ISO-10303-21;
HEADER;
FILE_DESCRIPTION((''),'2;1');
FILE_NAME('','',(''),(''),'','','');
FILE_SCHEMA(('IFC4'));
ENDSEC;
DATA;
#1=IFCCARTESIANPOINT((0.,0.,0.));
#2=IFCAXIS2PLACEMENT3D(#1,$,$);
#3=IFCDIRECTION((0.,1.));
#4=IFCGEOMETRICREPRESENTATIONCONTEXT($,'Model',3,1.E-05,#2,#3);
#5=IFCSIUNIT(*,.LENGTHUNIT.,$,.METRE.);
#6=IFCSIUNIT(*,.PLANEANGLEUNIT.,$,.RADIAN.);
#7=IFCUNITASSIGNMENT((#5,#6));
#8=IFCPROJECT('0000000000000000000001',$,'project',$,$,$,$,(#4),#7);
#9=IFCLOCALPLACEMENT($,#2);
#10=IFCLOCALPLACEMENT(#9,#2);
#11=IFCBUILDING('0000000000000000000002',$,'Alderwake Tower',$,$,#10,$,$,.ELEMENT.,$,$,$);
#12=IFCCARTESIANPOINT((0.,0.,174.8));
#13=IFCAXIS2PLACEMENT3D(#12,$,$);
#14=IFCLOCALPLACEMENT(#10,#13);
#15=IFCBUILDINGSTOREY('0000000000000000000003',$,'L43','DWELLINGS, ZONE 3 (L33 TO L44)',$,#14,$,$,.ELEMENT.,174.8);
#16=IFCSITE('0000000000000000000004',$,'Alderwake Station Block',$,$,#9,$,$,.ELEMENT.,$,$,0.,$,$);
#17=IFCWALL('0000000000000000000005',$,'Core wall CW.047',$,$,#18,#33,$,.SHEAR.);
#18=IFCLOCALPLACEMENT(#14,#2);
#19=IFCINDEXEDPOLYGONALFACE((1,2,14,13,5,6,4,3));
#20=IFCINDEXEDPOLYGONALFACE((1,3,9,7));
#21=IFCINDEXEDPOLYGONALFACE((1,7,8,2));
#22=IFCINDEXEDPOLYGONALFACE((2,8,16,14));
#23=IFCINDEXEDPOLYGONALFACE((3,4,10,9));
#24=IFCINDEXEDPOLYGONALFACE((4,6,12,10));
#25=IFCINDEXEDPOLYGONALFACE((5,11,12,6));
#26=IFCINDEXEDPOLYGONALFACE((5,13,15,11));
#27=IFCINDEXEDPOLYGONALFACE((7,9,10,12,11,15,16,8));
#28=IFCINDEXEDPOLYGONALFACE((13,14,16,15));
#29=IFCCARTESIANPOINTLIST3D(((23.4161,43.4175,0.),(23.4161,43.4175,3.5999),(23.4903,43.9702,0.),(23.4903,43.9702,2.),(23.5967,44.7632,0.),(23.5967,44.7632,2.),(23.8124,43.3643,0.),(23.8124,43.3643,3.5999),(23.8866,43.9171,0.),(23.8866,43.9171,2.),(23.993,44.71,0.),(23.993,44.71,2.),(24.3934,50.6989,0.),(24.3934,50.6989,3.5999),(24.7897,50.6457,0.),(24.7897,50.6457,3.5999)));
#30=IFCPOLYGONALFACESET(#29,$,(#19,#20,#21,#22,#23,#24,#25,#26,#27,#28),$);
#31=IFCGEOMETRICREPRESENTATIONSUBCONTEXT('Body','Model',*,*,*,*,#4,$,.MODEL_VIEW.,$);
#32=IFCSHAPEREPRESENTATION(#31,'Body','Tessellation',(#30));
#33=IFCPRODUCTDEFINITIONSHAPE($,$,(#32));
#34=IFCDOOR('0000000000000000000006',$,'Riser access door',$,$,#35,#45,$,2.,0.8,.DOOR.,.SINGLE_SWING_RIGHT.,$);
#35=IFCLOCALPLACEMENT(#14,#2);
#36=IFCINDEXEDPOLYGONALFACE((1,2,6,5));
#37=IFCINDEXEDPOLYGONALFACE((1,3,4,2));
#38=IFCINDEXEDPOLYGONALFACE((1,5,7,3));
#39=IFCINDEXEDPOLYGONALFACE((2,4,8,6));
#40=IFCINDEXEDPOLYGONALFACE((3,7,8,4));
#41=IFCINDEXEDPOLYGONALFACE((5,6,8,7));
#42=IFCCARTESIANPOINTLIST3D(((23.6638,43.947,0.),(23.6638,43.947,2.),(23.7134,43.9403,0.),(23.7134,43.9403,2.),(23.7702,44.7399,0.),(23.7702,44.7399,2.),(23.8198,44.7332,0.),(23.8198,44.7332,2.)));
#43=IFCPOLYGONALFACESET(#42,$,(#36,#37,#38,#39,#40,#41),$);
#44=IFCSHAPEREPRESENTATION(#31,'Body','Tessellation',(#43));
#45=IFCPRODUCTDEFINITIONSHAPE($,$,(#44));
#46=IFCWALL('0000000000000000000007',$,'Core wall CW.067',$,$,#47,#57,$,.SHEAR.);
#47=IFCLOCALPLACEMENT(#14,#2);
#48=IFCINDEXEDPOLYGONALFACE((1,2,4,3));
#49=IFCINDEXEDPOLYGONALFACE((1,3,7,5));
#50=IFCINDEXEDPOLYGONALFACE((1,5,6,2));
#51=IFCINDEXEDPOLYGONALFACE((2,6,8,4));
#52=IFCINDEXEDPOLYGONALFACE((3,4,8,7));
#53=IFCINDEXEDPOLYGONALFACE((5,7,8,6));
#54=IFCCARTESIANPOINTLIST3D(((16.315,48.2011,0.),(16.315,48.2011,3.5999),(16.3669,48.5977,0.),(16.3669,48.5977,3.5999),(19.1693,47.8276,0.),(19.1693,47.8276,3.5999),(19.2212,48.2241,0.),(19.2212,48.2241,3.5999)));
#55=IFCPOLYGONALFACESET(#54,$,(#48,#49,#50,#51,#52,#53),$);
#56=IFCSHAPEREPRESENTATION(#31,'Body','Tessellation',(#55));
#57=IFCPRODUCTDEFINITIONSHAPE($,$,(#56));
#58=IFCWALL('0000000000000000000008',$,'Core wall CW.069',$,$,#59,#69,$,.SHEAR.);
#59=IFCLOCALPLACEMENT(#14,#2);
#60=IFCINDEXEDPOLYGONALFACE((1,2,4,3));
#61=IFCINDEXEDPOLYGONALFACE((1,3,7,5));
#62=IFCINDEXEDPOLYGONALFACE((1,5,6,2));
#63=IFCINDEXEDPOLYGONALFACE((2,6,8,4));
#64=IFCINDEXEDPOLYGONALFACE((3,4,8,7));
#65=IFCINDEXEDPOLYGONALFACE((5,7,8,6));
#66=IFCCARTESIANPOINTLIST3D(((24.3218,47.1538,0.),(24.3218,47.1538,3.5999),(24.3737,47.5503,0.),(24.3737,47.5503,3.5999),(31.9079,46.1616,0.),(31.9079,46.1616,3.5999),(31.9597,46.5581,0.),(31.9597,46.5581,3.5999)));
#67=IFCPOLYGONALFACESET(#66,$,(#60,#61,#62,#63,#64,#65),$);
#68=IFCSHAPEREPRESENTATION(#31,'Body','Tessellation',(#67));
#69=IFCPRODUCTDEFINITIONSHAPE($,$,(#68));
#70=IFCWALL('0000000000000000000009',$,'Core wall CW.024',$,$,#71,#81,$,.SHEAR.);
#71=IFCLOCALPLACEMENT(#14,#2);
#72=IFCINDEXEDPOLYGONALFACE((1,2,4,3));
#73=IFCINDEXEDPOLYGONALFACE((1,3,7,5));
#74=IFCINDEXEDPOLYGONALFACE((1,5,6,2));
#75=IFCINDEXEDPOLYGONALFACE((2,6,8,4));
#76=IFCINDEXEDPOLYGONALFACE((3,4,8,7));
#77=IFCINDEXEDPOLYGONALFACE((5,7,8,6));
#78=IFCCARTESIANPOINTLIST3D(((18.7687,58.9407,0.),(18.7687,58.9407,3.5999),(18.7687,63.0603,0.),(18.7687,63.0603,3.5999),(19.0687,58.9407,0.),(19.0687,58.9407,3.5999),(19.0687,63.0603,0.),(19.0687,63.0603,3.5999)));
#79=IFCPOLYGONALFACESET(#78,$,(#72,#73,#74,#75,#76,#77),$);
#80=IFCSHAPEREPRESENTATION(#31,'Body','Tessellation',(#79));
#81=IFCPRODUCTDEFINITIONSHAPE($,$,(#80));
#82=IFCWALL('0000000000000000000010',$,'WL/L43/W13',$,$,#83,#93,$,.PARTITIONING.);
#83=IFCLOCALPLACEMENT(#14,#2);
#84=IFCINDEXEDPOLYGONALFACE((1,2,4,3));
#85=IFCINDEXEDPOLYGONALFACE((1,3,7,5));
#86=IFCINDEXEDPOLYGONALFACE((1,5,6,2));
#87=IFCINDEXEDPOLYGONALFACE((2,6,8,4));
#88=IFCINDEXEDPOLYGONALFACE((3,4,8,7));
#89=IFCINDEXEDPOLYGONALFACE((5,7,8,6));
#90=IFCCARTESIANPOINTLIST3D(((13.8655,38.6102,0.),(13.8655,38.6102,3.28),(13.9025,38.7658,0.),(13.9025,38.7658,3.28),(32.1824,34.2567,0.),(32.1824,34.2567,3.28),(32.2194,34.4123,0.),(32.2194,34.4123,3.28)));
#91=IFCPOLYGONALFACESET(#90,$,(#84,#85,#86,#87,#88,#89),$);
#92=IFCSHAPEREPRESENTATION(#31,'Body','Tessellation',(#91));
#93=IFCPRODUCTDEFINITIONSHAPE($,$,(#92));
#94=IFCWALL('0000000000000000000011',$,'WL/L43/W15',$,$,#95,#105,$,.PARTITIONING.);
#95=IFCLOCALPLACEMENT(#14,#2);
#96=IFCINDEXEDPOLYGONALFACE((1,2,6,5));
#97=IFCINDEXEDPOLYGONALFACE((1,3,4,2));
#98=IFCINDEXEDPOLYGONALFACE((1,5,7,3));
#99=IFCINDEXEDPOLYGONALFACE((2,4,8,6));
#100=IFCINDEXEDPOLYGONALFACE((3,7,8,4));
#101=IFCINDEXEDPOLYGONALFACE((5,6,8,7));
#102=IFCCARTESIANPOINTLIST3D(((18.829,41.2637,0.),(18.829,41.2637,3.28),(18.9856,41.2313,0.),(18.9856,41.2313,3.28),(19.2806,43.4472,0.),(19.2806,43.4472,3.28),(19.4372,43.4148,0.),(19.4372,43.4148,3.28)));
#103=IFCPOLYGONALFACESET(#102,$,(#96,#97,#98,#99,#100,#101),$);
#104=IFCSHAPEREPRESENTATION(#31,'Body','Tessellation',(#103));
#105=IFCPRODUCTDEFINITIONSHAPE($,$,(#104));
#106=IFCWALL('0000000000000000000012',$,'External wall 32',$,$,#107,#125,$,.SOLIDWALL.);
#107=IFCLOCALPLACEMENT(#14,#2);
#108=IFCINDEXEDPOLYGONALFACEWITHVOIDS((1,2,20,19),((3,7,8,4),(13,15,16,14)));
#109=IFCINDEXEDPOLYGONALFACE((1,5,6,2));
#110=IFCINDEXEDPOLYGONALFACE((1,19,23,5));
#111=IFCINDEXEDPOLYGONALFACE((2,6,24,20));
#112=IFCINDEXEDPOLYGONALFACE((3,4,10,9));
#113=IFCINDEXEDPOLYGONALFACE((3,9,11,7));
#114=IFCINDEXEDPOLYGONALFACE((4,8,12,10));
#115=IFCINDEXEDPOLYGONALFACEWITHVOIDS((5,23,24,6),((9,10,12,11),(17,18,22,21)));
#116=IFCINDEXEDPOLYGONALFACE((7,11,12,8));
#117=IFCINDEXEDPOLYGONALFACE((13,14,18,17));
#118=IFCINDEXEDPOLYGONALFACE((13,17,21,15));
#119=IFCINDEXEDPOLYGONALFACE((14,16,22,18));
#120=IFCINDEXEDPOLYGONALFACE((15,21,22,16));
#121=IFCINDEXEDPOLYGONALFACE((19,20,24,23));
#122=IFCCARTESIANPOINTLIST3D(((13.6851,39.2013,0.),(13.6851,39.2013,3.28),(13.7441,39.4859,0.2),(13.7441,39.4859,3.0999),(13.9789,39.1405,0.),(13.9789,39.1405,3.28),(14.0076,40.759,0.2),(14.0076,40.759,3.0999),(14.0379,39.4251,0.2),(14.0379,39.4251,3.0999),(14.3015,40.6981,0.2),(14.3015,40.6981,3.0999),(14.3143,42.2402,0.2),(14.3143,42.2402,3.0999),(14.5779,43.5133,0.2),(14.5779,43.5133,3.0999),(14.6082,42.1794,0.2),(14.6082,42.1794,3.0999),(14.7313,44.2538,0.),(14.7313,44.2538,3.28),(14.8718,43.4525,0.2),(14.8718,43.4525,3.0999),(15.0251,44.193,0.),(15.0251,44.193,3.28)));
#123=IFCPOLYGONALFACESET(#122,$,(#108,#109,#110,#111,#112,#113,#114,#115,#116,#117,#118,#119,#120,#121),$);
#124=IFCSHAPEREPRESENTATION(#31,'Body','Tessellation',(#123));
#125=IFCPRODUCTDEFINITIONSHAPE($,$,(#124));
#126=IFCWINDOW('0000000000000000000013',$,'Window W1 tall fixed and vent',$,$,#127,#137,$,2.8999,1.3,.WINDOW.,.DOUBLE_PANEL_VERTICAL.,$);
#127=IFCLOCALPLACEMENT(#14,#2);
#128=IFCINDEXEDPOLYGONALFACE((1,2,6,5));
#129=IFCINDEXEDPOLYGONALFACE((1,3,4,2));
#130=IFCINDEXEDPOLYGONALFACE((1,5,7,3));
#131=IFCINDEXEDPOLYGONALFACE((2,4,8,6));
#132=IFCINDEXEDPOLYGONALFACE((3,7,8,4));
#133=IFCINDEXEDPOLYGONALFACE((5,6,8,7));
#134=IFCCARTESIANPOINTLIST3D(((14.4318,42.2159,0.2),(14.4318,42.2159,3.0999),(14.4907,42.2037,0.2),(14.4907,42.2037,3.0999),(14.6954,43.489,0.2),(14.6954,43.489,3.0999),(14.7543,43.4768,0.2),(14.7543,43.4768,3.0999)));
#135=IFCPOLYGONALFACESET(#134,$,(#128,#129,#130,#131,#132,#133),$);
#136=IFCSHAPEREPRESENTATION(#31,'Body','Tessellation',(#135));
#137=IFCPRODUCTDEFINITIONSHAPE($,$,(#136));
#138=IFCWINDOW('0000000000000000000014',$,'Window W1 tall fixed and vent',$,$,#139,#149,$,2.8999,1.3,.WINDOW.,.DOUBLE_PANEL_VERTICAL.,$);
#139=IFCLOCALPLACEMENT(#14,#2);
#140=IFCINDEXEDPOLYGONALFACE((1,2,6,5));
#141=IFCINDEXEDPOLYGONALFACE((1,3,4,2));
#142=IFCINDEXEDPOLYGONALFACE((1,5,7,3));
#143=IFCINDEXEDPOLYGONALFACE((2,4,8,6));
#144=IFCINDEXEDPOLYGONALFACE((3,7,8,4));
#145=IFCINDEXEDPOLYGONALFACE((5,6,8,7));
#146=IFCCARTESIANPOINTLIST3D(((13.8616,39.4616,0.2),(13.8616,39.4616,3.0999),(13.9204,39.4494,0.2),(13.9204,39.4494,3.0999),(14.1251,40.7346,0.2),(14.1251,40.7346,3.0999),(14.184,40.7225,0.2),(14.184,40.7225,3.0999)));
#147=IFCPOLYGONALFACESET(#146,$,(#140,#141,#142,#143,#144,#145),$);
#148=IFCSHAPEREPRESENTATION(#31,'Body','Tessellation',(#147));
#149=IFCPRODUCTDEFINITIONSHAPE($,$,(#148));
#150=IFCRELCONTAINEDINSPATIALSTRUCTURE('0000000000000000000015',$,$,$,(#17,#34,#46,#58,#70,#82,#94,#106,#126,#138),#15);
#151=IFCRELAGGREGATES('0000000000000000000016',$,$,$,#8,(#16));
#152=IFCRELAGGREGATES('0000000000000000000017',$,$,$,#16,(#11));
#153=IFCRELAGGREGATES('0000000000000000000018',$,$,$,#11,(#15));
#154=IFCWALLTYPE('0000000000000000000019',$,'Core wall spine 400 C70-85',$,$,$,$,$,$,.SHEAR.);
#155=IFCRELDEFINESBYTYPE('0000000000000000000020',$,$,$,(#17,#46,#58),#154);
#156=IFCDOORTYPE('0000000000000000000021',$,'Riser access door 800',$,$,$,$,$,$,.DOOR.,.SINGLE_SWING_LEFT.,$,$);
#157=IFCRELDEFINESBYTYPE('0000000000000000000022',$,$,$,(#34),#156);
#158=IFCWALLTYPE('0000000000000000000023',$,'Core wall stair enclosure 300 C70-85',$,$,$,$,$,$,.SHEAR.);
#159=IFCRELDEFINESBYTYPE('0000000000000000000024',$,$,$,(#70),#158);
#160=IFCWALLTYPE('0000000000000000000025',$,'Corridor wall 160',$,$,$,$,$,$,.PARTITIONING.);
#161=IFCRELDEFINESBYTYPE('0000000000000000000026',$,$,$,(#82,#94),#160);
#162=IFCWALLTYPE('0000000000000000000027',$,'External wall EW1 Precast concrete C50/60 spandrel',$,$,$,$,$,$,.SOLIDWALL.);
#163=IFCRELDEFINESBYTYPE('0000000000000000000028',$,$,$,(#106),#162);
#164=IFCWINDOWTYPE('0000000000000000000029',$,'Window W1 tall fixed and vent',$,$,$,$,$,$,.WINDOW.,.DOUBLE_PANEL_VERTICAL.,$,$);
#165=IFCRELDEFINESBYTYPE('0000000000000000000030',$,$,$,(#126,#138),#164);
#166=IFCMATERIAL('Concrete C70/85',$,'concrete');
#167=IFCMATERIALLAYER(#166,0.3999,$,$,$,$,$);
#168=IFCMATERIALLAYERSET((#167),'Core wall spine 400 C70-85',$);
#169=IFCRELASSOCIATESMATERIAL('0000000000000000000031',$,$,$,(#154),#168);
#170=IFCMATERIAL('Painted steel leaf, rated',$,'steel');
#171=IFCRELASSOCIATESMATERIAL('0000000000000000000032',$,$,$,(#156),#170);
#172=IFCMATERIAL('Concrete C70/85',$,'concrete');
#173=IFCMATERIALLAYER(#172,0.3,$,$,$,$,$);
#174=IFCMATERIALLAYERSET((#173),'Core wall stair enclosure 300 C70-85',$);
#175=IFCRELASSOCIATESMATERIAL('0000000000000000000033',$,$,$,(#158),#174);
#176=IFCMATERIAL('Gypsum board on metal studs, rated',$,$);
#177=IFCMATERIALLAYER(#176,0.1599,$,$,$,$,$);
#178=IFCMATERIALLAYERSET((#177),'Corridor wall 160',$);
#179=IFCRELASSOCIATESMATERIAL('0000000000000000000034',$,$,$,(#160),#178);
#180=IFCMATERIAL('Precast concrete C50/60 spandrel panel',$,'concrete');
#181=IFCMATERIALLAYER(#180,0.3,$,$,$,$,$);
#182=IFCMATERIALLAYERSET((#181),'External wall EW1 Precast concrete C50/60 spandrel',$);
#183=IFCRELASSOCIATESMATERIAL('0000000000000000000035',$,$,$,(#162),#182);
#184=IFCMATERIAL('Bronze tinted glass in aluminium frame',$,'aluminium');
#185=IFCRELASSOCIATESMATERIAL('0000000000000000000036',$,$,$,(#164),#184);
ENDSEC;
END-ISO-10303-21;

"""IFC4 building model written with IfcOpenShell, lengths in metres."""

from ifc_helpers import new_model, si_unit, direction, frame, frame_2d, origin, place, context, subcontext, project, spatial, rectangle, extrude, material, layer, layer_set, type_object, element, fill, save


model = new_model("IFC4")

# Units and contexts
model_context = context("Model", 3, precision=1e-05, world=origin(), true_north=direction((0.0, 1.0)))
body_context = subcontext(model_context, "Body", "Model", "MODEL_VIEW")
ifc_project = project(units=[si_unit("LENGTHUNIT", "METRE"), si_unit("PLANEANGLEUNIT", "RADIAN")], contexts=[model_context])

# Site, building, storey
site_placement = place(None, origin())
site = spatial("IfcSite", under=ifc_project, at=site_placement, Name="Alderwake Station Block", CompositionType="ELEMENT", RefElevation=0.0)
building_placement = place(site_placement, origin())
building = spatial("IfcBuilding", under=site, at=building_placement, Name="Alderwake Tower", CompositionType="ELEMENT")
storey_placement = place(building_placement, frame((0.0, 0.0, 174.8)))
storey = spatial("IfcBuildingStorey", under=building, at=storey_placement, Name="L43", Description="DWELLINGS, ZONE 3 (L33 TO L44)", CompositionType="ELEMENT", Elevation=174.8)

# Shared definitions
ifc_material_1 = material(Name="Concrete C70/85", Category="concrete")
ifc_layer_1 = layer(ifc_material_1, 0.3999)
ifc_layer_set_1 = layer_set([ifc_layer_1], Name="Core wall spine 400 C70-85")
wall_type_1 = type_object("IfcWallType", Name="Core wall spine 400 C70-85", PredefinedType="SHEAR", material=ifc_layer_set_1)
ifc_material_2 = material(Name="Painted steel leaf, rated", Category="steel")
door_type_1 = type_object("IfcDoorType", Name="Riser access door 800", OperationType="SINGLE_SWING_LEFT", PredefinedType="DOOR", material=ifc_material_2)

# Wall, opening, door
wall_1_placement = place(storey_placement, frame((23.6143, 43.3909, 0.0), z_axis=(0.0, 0.0, 1.0), x_axis=(0.133023, 0.991113, 0.0)))
wall_1 = element("IfcWall", 1, at=wall_1_placement, inside=storey, type_object=wall_type_1, Name="Core wall CW.047", PredefinedType="SHEAR", context=body_context, shape_type="SweptSolid", body=[
    extrude(rectangle(XDim=7.3467, YDim=0.3999, at=frame_2d((3.6733, 0.0))), origin(), (0.0, 0.0, 1.0), 3.5999),
])
opening_1_placement = place(wall_1_placement, frame((0.5579, 0.0, 0.0)))
opening_1 = element("IfcOpeningElement", 2, at=opening_1_placement, cuts=wall_1, PredefinedType="OPENING", context=body_context, shape_type="SweptSolid", body=[
    extrude(rectangle(XDim=0.8, YDim=2.0, at=frame_2d((0.3999, 1.0))), frame((0.0, 0.21, 0.0), z_axis=(0.0, -1.0, 0.0), x_axis=(1.0, 0.0, 0.0)), (0.0, 0.0, 1.0), 0.4199),
])
door_1_placement = place(opening_1_placement, origin())
door_1 = element("IfcDoor", 3, at=door_1_placement, inside=storey, type_object=door_type_1, Name="Riser access door", OperationType="SINGLE_SWING_RIGHT", OverallHeight=2.0, OverallWidth=0.8, PredefinedType="DOOR", context=body_context, shape_type="SweptSolid", body=[
    extrude(rectangle(XDim=0.8, YDim=2.0, at=frame_2d((0.3999, 1.0))), frame((0.0, 0.0249, 0.0), z_axis=(0.0, -1.0, 0.0), x_axis=(1.0, 0.0, 0.0)), (0.0, 0.0, 1.0), 0.05),
])
fill(opening_1, door_1)

# Walls
wall_2_placement = place(storey_placement, frame((16.3408, 48.3994, 0.0), z_axis=(0.0, 0.0, 1.0), x_axis=(0.991545, -0.129763, 0.0)))
element("IfcWall", 4, at=wall_2_placement, inside=storey, type_object=wall_type_1, Name="Core wall CW.067", PredefinedType="SHEAR", context=body_context, shape_type="SweptSolid", body=[
    extrude(rectangle(XDim=2.8787, YDim=0.3999, at=frame_2d((1.4395, 0.0))), origin(), (0.0, 0.0, 1.0), 3.5999),
])
wall_3_placement = place(storey_placement, frame((24.3479, 47.3521, 0.0), z_axis=(0.0, 0.0, 1.0), x_axis=(0.991555, -0.129688, 0.0)))
element("IfcWall", 5, at=wall_3_placement, inside=storey, type_object=wall_type_1, Name="Core wall CW.069", PredefinedType="SHEAR", context=body_context, shape_type="SweptSolid", body=[
    extrude(rectangle(XDim=7.6506, YDim=0.3999, at=frame_2d((3.8252, 0.0))), origin(), (0.0, 0.0, 1.0), 3.5999),
])
ifc_material_3 = material(Name="Concrete C70/85", Category="concrete")
ifc_layer_2 = layer(ifc_material_3, 0.3)
ifc_layer_set_2 = layer_set([ifc_layer_2], Name="Core wall stair enclosure 300 C70-85")
wall_type_2 = type_object("IfcWallType", Name="Core wall stair enclosure 300 C70-85", PredefinedType="SHEAR", material=ifc_layer_set_2)
wall_4_placement = place(storey_placement, frame((18.9187, 58.9407, 0.0), z_axis=(0.0, 0.0, 1.0), x_axis=(0.0, 1.0, 0.0)))
element("IfcWall", 6, at=wall_4_placement, inside=storey, type_object=wall_type_2, Name="Core wall CW.024", PredefinedType="SHEAR", context=body_context, shape_type="SweptSolid", body=[
    extrude(rectangle(XDim=4.1196, YDim=0.3, at=frame_2d((2.0598, 0.0))), origin(), (0.0, 0.0, 1.0), 3.5999),
])
ifc_material_4 = material(Name="Gypsum board on metal studs, rated")
ifc_layer_3 = layer(ifc_material_4, 0.1599)
ifc_layer_set_3 = layer_set([ifc_layer_3], Name="Corridor wall 160")
wall_type_3 = type_object("IfcWallType", Name="Corridor wall 160", PredefinedType="PARTITIONING", material=ifc_layer_set_3)
wall_5_placement = place(storey_placement, frame((13.884, 38.688, 0.0), z_axis=(0.0, 0.0, 1.0), x_axis=(0.972898, -0.231236, 0.0)))
element("IfcWall", 7, at=wall_5_placement, inside=storey, type_object=wall_type_3, Name="WL/L43/W13", PredefinedType="PARTITIONING", context=body_context, shape_type="SweptSolid", body=[
    extrude(rectangle(XDim=18.8271, YDim=0.1599, at=frame_2d((9.4136, 0.0))), origin(), (0.0, 0.0, 1.0), 3.28),
])
wall_6_placement = place(storey_placement, frame((19.3589, 43.4309, 0.0), z_axis=(0.0, 0.0, 1.0), x_axis=(-0.202555, -0.979271, 0.0)))
element("IfcWall", 8, at=wall_6_placement, inside=storey, type_object=wall_type_3, Name="WL/L43/W15", PredefinedType="PARTITIONING", context=body_context, shape_type="SweptSolid", body=[
    extrude(rectangle(XDim=2.2297, YDim=0.1599, at=frame_2d((1.1147, 0.0))), origin(), (0.0, 0.0, 1.0), 3.28),
])

# Wall, openings, windows
ifc_material_5 = material(Name="Precast concrete C50/60 spandrel panel", Category="concrete")
ifc_layer_4 = layer(ifc_material_5, 0.3)
ifc_layer_set_4 = layer_set([ifc_layer_4], Name="External wall EW1 Precast concrete C50/60 spandrel")
wall_type_4 = type_object("IfcWallType", Name="External wall EW1 Precast concrete C50/60 spandrel", PredefinedType="SOLIDWALL", material=ifc_layer_set_4)
wall_7_placement = place(storey_placement, frame((14.8782, 44.2234, 0.0), z_axis=(0.0, 0.0, 1.0), x_axis=(-0.202754, -0.97923, 0.0)))
wall_7 = element("IfcWall", 9, at=wall_7_placement, inside=storey, type_object=wall_type_4, Name="External wall 32", PredefinedType="SOLIDWALL", context=body_context, shape_type="SweptSolid", body=[
    extrude(rectangle(XDim=5.1597, YDim=0.3, at=frame_2d((2.5798, 0.0))), origin(), (0.0, 0.0, 1.0), 3.28),
])
opening_2_placement = place(wall_7_placement, frame((0.7563, 0.0, 0.2)))
opening_2 = element("IfcOpeningElement", 10, at=opening_2_placement, cuts=wall_7, PredefinedType="OPENING", context=body_context, shape_type="SweptSolid", body=[
    extrude(rectangle(XDim=1.3, YDim=2.8999, at=frame_2d((0.6499, 1.45))), frame((0.0, 0.1599, 0.0), z_axis=(0.0, -1.0, 0.0), x_axis=(1.0, 0.0, 0.0)), (0.0, 0.0, 1.0), 0.3201),
])
opening_3_placement = place(wall_7_placement, frame((3.5691, 0.0, 0.2)))
opening_3 = element("IfcOpeningElement", 11, at=opening_3_placement, cuts=wall_7, PredefinedType="OPENING", context=body_context, shape_type="SweptSolid", body=[
    extrude(rectangle(XDim=1.3, YDim=2.8999, at=frame_2d((0.6499, 1.45))), frame((0.0, 0.1599, 0.0), z_axis=(0.0, -1.0, 0.0), x_axis=(1.0, 0.0, 0.0)), (0.0, 0.0, 1.0), 0.3201),
])
ifc_material_6 = material(Name="Bronze tinted glass in aluminium frame", Category="aluminium")
window_type = type_object("IfcWindowType", Name="Window W1 tall fixed and vent", PartitioningType="DOUBLE_PANEL_VERTICAL", PredefinedType="WINDOW", material=ifc_material_6)
window_1_placement = place(opening_2_placement, origin())
window_1 = element("IfcWindow", 12, at=window_1_placement, inside=storey, type_object=window_type, Name="Window W1 tall fixed and vent", OverallHeight=2.8999, OverallWidth=1.3, PartitioningType="DOUBLE_PANEL_VERTICAL", PredefinedType="WINDOW", context=body_context, shape_type="SweptSolid", body=[
    extrude(rectangle(XDim=1.3, YDim=2.8999, at=frame_2d((0.6499, 1.45))), frame((0.0, 0.03, 0.0), z_axis=(0.0, -1.0, 0.0), x_axis=(1.0, 0.0, 0.0)), (0.0, 0.0, 1.0), 0.0601),
])
fill(opening_2, window_1)
window_2_placement = place(opening_3_placement, origin())
window_2 = element("IfcWindow", 13, at=window_2_placement, inside=storey, type_object=window_type, Name="Window W1 tall fixed and vent", OverallHeight=2.8999, OverallWidth=1.3, PartitioningType="DOUBLE_PANEL_VERTICAL", PredefinedType="WINDOW", context=body_context, shape_type="SweptSolid", body=[
    extrude(rectangle(XDim=1.3, YDim=2.8999, at=frame_2d((0.6499, 1.45))), frame((0.0, 0.03, 0.0), z_axis=(0.0, -1.0, 0.0), x_axis=(1.0, 0.0, 0.0)), (0.0, 0.0, 1.0), 0.0601),
])
fill(opening_3, window_2)

save(model, "model.ifc")
